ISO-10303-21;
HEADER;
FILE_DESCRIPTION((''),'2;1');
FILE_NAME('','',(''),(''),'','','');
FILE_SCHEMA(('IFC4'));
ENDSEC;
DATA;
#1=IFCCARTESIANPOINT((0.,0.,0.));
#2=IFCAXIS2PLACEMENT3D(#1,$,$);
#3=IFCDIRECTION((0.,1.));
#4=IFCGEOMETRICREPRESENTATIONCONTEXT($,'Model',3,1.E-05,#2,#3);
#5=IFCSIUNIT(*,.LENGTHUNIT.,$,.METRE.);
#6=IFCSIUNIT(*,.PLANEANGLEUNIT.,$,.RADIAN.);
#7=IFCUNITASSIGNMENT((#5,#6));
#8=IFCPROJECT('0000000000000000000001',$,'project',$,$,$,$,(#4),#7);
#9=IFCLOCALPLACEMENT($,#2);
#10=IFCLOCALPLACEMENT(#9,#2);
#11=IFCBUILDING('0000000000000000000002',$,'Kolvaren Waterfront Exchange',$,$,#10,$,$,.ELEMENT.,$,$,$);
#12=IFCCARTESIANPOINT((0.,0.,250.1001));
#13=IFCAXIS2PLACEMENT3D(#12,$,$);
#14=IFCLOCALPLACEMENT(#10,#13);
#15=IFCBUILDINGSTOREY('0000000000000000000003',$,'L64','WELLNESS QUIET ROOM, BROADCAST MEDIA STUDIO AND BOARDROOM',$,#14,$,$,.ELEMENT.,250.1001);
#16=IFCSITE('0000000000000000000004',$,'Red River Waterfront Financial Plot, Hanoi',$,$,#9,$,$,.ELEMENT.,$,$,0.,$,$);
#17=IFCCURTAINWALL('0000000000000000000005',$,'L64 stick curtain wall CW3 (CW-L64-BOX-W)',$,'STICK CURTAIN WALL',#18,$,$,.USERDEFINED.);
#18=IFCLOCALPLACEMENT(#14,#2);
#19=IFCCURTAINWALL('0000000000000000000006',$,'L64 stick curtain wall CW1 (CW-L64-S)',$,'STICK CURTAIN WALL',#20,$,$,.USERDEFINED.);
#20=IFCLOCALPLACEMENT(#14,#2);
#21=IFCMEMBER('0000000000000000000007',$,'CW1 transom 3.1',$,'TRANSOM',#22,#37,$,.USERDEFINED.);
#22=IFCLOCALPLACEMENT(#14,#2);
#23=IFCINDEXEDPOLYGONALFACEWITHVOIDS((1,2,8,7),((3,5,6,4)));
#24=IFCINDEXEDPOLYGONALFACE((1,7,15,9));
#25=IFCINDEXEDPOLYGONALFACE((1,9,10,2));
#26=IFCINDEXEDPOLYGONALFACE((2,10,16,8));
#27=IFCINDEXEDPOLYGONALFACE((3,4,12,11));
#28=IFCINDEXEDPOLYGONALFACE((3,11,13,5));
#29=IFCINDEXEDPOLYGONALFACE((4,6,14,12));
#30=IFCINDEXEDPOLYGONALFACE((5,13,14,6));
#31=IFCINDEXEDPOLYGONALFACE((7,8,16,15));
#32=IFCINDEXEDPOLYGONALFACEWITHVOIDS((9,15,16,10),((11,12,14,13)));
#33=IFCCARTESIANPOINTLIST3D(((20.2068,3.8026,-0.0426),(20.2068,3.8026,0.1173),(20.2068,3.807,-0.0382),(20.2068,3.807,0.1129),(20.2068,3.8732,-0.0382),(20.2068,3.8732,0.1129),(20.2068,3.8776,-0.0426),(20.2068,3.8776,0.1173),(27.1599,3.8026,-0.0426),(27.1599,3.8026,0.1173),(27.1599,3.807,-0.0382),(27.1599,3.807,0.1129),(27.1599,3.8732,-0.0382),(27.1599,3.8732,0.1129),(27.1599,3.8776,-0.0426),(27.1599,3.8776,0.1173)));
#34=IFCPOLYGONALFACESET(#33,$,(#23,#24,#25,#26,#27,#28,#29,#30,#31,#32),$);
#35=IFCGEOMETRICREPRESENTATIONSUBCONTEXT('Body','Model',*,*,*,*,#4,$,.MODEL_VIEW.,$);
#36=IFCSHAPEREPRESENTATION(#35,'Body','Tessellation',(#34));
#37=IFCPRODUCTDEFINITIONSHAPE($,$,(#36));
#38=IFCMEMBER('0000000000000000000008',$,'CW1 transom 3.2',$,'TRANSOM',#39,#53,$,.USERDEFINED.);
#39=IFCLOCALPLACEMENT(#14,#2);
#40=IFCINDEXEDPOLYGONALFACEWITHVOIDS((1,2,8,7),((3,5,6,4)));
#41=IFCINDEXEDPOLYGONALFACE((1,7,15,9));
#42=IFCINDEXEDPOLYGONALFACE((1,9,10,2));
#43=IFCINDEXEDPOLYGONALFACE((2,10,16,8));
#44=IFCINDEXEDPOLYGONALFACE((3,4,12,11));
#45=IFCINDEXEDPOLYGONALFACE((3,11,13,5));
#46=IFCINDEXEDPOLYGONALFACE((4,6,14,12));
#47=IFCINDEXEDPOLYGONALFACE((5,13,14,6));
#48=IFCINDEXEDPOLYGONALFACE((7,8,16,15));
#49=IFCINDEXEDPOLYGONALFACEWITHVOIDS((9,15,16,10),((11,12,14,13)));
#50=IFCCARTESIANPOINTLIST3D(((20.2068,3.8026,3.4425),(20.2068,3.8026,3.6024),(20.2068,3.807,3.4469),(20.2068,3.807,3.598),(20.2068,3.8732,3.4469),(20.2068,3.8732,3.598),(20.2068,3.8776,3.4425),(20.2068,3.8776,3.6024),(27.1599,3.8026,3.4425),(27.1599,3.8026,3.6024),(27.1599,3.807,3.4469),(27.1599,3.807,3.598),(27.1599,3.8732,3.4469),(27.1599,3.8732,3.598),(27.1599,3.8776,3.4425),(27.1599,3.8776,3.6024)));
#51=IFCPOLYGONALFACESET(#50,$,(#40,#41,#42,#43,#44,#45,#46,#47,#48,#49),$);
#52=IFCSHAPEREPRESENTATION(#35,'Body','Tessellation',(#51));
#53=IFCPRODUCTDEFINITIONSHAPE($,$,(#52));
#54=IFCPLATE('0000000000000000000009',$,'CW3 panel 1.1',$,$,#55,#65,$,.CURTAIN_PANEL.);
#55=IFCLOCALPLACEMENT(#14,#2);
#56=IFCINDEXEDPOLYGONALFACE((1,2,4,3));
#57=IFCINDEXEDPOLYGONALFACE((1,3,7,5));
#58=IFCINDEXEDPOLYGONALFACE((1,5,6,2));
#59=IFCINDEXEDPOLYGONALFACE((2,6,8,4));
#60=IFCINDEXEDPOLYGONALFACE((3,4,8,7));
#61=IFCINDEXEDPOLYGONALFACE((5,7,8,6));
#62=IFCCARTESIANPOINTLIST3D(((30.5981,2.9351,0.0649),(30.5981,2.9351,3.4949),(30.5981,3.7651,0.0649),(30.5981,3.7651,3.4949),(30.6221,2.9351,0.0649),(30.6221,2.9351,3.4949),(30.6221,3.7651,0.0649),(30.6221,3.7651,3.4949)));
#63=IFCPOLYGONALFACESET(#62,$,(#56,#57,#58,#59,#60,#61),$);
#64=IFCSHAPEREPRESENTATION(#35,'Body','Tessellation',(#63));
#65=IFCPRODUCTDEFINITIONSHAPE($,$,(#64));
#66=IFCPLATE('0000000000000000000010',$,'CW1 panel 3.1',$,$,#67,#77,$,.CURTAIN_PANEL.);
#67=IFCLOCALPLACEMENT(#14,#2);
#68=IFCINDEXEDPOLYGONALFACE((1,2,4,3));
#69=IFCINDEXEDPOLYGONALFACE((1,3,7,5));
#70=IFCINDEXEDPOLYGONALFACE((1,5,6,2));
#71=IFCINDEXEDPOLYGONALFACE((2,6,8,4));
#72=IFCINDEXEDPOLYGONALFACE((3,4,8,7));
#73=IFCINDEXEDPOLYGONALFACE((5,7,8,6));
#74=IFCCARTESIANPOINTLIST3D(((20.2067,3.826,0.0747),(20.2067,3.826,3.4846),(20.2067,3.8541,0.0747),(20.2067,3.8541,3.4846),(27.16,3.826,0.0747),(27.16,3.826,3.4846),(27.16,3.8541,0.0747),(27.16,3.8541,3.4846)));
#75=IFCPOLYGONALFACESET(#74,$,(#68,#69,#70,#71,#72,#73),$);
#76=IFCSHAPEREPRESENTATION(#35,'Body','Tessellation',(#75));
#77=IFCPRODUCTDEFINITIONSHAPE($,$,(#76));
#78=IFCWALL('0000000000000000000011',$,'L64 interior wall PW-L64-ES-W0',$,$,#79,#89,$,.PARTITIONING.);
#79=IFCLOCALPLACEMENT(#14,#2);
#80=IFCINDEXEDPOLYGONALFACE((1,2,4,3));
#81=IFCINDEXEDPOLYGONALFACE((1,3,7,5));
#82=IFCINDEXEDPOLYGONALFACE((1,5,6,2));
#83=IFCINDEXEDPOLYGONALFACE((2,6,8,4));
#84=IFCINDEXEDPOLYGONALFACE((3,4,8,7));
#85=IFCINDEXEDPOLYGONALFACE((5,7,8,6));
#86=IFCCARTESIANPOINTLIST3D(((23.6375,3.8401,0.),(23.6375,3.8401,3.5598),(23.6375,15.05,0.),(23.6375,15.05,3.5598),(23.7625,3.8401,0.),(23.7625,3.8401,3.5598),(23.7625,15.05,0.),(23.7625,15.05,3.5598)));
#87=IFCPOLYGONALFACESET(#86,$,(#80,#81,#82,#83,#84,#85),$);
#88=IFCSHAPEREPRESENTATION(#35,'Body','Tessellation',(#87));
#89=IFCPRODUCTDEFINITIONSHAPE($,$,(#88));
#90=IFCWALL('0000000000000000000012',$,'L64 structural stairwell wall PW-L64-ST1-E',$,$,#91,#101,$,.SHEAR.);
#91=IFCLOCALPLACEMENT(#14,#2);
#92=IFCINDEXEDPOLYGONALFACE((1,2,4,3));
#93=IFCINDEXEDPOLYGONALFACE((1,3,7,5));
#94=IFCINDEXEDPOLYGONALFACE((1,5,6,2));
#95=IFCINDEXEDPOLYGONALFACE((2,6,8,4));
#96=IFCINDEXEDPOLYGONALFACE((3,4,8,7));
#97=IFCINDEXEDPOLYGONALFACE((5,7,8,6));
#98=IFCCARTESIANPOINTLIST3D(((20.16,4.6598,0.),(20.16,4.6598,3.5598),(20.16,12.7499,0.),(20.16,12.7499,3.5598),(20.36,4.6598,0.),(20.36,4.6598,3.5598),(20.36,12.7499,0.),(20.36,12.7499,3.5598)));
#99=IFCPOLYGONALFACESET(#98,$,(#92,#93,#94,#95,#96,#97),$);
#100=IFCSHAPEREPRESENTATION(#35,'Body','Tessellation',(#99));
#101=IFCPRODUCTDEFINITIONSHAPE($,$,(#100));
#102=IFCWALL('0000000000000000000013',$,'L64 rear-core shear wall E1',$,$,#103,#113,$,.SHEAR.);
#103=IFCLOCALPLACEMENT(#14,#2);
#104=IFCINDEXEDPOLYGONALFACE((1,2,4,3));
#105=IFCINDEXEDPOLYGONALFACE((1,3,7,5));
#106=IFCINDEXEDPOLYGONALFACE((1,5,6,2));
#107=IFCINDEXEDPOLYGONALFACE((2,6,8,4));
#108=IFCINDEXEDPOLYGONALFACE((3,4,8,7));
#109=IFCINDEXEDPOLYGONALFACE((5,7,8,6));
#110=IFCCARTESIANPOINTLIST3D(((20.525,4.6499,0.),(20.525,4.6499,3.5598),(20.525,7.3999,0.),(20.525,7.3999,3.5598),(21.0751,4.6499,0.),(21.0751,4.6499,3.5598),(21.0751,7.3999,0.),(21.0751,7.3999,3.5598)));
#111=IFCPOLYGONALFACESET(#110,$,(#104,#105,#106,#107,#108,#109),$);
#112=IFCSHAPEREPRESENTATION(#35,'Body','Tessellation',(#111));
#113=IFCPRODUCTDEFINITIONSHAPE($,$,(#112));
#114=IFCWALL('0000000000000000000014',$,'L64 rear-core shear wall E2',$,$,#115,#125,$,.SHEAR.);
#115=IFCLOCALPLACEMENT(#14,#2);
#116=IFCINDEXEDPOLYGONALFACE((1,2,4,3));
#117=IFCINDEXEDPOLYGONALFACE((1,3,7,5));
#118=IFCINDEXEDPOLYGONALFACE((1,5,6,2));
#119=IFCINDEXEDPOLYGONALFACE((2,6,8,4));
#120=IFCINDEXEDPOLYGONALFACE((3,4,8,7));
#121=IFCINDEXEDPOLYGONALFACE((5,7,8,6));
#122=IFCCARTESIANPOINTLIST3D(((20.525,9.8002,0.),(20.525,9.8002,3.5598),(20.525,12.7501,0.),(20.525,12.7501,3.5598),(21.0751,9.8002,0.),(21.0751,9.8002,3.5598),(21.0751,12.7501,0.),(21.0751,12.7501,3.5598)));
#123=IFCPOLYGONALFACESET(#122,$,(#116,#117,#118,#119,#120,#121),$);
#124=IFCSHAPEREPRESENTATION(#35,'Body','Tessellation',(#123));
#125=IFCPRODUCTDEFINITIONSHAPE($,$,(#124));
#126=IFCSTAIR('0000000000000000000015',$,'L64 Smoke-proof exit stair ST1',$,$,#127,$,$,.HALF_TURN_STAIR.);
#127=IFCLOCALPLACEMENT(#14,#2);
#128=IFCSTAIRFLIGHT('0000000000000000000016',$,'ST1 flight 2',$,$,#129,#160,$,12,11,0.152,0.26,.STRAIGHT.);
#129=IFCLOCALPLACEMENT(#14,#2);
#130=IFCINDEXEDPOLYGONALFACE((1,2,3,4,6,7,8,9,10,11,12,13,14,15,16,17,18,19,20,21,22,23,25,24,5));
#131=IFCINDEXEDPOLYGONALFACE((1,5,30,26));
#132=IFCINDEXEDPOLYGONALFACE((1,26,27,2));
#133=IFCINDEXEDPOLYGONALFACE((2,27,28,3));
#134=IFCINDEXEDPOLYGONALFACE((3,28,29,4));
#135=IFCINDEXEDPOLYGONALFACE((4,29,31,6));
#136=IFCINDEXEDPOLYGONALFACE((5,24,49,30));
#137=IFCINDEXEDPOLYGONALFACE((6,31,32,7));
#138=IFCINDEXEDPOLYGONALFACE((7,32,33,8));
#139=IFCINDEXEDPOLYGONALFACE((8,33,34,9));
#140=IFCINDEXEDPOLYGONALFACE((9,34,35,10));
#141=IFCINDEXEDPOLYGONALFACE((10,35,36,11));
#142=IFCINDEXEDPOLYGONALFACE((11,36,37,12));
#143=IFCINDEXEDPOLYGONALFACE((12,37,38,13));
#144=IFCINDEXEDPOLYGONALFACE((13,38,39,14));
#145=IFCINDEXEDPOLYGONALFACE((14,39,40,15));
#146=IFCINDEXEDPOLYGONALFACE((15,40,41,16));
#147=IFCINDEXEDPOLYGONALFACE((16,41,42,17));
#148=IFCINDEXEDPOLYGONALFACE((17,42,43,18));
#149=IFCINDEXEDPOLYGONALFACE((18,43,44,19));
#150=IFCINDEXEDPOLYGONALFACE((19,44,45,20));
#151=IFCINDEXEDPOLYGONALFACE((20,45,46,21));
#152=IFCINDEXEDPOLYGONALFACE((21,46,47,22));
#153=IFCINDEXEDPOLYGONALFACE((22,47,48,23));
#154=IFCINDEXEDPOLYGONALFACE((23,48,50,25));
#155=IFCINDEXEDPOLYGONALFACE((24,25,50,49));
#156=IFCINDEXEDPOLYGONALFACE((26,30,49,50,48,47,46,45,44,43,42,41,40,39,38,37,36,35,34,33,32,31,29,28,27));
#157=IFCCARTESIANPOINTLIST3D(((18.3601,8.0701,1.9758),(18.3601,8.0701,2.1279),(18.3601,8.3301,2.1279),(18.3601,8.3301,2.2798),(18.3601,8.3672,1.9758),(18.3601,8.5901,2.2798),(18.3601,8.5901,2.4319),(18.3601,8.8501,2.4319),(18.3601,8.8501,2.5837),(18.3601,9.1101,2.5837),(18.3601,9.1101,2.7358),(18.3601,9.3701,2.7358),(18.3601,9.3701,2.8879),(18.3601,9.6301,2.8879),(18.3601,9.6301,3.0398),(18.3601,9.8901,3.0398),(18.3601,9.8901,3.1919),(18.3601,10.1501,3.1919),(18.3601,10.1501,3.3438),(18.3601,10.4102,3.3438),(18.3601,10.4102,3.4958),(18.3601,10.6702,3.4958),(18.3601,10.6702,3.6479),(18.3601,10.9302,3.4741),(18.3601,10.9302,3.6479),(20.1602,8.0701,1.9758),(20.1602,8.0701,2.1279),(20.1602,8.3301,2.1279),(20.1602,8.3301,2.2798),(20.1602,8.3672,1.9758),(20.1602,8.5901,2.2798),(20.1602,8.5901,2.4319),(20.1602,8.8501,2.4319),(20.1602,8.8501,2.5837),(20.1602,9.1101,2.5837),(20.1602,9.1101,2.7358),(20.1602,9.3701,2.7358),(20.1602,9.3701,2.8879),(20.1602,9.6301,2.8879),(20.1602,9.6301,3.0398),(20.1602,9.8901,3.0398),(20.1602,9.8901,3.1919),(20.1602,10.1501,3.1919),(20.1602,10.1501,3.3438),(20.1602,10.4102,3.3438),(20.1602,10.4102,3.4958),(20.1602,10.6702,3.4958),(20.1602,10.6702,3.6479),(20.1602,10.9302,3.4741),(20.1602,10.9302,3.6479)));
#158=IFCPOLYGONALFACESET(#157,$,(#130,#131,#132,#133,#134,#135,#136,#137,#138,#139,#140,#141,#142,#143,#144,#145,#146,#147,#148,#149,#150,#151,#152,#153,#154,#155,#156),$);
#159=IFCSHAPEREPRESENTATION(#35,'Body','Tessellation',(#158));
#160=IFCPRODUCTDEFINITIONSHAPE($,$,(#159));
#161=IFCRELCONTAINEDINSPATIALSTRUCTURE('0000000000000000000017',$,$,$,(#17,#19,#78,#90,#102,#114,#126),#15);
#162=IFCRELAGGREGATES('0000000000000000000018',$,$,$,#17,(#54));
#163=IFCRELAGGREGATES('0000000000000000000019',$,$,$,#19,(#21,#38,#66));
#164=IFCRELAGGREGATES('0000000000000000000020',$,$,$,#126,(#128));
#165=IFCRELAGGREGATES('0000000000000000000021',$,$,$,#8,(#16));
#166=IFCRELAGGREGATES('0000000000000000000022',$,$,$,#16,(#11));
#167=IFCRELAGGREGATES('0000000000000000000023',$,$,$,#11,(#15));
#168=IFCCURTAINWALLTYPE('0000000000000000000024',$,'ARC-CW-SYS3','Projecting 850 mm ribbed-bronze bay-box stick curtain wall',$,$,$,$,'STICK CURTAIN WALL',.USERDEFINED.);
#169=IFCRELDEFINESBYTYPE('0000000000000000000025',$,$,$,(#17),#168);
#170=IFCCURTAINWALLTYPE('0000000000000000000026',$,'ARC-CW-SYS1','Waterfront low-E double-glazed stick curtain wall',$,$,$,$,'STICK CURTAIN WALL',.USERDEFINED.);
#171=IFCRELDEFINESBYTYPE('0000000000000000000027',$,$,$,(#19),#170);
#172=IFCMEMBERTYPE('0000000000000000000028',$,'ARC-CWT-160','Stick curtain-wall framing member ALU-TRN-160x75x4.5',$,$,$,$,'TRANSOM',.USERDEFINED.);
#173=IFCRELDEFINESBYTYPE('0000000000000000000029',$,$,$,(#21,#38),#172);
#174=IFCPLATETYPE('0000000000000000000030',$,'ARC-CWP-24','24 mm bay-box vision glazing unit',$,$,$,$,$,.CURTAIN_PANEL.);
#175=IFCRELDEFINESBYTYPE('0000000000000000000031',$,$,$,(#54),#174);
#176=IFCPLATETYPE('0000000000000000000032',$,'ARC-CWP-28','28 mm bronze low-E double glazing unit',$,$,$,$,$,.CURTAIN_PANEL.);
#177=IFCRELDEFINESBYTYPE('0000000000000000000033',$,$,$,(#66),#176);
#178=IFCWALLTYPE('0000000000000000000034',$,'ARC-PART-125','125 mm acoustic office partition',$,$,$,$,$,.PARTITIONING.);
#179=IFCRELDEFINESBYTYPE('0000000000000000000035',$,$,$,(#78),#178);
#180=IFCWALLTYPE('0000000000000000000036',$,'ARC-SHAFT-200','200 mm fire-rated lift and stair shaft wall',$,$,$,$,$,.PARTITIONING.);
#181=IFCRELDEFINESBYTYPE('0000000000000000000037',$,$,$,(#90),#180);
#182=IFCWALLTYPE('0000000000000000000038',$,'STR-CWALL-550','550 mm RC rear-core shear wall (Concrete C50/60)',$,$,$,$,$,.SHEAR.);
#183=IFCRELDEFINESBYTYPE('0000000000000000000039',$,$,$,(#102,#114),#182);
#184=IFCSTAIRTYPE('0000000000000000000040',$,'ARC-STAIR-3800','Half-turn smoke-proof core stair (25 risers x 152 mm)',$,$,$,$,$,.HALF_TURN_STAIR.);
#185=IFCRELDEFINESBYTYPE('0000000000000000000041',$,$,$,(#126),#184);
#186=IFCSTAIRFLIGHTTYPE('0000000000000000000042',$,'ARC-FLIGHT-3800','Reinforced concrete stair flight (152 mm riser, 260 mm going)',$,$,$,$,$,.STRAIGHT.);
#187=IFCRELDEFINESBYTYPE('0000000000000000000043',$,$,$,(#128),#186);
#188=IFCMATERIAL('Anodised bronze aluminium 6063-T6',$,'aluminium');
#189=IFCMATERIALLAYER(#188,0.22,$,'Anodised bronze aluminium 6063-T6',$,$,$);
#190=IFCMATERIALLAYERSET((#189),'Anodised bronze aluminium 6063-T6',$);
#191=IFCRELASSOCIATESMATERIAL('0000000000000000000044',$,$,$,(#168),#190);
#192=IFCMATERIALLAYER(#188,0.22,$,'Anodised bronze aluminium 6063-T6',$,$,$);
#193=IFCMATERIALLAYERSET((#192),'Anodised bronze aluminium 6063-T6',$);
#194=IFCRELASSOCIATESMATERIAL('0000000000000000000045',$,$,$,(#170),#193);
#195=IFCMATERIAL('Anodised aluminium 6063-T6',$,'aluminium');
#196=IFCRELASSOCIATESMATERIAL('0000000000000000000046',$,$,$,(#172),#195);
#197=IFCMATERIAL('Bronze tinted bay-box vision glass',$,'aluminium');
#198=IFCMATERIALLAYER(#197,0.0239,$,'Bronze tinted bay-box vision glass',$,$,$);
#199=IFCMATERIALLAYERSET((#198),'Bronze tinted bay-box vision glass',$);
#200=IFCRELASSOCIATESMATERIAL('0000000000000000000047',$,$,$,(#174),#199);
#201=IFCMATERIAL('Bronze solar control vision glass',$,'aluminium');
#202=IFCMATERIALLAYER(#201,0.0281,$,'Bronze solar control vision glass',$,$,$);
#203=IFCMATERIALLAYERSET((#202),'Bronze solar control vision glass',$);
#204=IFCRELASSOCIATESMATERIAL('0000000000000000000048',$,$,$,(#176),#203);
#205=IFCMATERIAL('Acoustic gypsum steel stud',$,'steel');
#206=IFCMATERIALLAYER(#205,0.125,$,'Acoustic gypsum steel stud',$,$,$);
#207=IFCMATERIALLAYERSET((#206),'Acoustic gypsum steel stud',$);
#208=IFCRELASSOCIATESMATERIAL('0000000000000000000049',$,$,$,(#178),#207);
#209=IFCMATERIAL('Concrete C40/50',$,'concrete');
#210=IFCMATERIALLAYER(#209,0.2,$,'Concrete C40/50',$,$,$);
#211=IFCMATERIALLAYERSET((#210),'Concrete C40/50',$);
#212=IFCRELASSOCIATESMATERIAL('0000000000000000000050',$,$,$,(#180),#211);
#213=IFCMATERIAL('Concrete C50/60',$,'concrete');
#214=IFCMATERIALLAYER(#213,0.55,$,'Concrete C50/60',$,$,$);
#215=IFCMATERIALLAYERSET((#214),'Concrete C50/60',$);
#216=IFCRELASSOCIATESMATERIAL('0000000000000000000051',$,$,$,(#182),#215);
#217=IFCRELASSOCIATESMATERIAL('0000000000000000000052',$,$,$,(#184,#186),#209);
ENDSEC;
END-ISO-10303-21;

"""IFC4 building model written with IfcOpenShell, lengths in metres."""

from ifc_helpers import new_model, si_unit, direction, frame, frame_2d, origin, origin_with_axes, origin_2d, place, context, subcontext, project, spatial, polyline, rectangle, hollow_rectangle, outline, extrude, source, transform, mapped, material, layer, layer_set, material_profile, profile_set, type_object, element, aggregate, save


model = new_model("IFC4")

# Units and contexts
model_context = context("Model", 3, precision=1e-05, world=origin(), true_north=direction((0.0, 1.0)))
body_context = subcontext(model_context, "Body", "Model", "MODEL_VIEW")
ifc_project = project(units=[si_unit("LENGTHUNIT", "METRE"), si_unit("PLANEANGLEUNIT", "RADIAN")], contexts=[model_context])

# Site, building, storey
site_placement = place(None, origin())
site = spatial("IfcSite", under=ifc_project, at=site_placement, Name="Red River Waterfront Financial Plot, Hanoi", CompositionType="ELEMENT", RefElevation=0.0)
building_placement = place(site_placement, origin())
building = spatial("IfcBuilding", under=site, at=building_placement, Name="Kolvaren Waterfront Exchange", CompositionType="ELEMENT")
storey_placement = place(building_placement, frame((0.0, 0.0, 250.1001)))
storey = spatial("IfcBuildingStorey", under=building, at=storey_placement, Name="L64", Description="WELLNESS QUIET ROOM, BROADCAST MEDIA STUDIO AND BOARDROOM", CompositionType="ELEMENT", Elevation=250.1001)

# Shared definitions
ifc_material_1 = material(Name="Concrete C50/60", Category="concrete")

# Shared definitions
ifc_material_2 = material(Name="Anodised bronze aluminium 6063-T6", Category="aluminium")
ifc_layer_1 = layer(ifc_material_2, 0.22, Name="Anodised bronze aluminium 6063-T6")
ifc_layer_set_1 = layer_set([ifc_layer_1], Name="Anodised bronze aluminium 6063-T6")
curtain_wall_type_1 = type_object("IfcCurtainWallType", Name="ARC-CW-SYS3", Description="Projecting 850 mm ribbed-bronze bay-box stick curtain wall", ElementType="STICK CURTAIN WALL", PredefinedType="USERDEFINED", material=ifc_layer_set_1)

# Curtain wall
curtain_wall_1_placement = place(storey_placement, origin())
curtain_wall_1 = element("IfcCurtainWall", 1, at=curtain_wall_1_placement, inside=storey, type_object=curtain_wall_type_1, Name="L64 stick curtain wall CW3 (CW-L64-BOX-W)", ObjectType="STICK CURTAIN WALL", PredefinedType="USERDEFINED")

# Curtain wall, members
ifc_layer_2 = layer(ifc_material_2, 0.22, Name="Anodised bronze aluminium 6063-T6")
ifc_layer_set_2 = layer_set([ifc_layer_2], Name="Anodised bronze aluminium 6063-T6")
curtain_wall_type_2 = type_object("IfcCurtainWallType", Name="ARC-CW-SYS1", Description="Waterfront low-E double-glazed stick curtain wall", ElementType="STICK CURTAIN WALL", PredefinedType="USERDEFINED", material=ifc_layer_set_2)
curtain_wall_2_placement = place(storey_placement, origin())
curtain_wall_2 = element("IfcCurtainWall", 2, at=curtain_wall_2_placement, inside=storey, type_object=curtain_wall_type_2, Name="L64 stick curtain wall CW1 (CW-L64-S)", ObjectType="STICK CURTAIN WALL", PredefinedType="USERDEFINED")
ifc_material_3 = material(Name="Anodised aluminium 6063-T6", Category="aluminium")
ifc_material_profile_1 = material_profile(ifc_material_3, hollow_rectangle(XDim=0.075, YDim=0.1599, WallThickness=0.0044, at=origin_2d()), Name="ALU-TRN-160x75x4.5")
ifc_profile_set_1 = profile_set([ifc_material_profile_1], Name="Anodised aluminium 6063-T6")
member_type_1 = type_object("IfcMemberType", Name="ARC-CWT-160", Description="Stick curtain-wall framing member ALU-TRN-160x75x4.5", ElementType="TRANSOM", PredefinedType="USERDEFINED", material=ifc_profile_set_1)
shared_shape_1 = source(origin_with_axes(), body_context, "Body", "SweptSolid", [
    extrude(hollow_rectangle(XDim=0.075, YDim=0.1599, WallThickness=0.0044, at=origin_2d()), origin(), (0.0, 0.0, 1.0), 6.9531),
])
member_1_placement = place(storey_placement, frame((20.2068, 3.8401, 0.0374), z_axis=(1.0, 0.0, 0.0), x_axis=(0.0, 1.0, 0.0)))
member_1 = element("IfcMember", 3, at=member_1_placement, type_object=member_type_1, Name="CW1 transom 3.1", ObjectType="TRANSOM", PredefinedType="USERDEFINED", context=body_context, shape_type="MappedRepresentation", body=[
    mapped(shared_shape_1, transform((0.0, 0.0, 0.0), x_axis=(1.0, 0.0, 0.0), y_axis=(0.0, 1.0, 0.0), z_axis=(0.0, 0.0, 1.0), scale=1.0)),
])
member_2_placement = place(storey_placement, frame((20.2068, 3.8401, 3.5225), z_axis=(1.0, 0.0, 0.0), x_axis=(0.0, 1.0, 0.0)))
member_2 = element("IfcMember", 4, at=member_2_placement, type_object=member_type_1, Name="CW1 transom 3.2", ObjectType="TRANSOM", PredefinedType="USERDEFINED", context=body_context, shape_type="MappedRepresentation", body=[
    mapped(shared_shape_1, transform((0.0, 0.0, 0.0), x_axis=(1.0, 0.0, 0.0), y_axis=(0.0, 1.0, 0.0), z_axis=(0.0, 0.0, 1.0), scale=1.0)),
])

# Plates
ifc_material_4 = material(Name="Bronze tinted bay-box vision glass", Category="aluminium")
ifc_layer_3 = layer(ifc_material_4, 0.0239, Name="Bronze tinted bay-box vision glass")
ifc_layer_set_3 = layer_set([ifc_layer_3], Name="Bronze tinted bay-box vision glass")
plate_type_1 = type_object("IfcPlateType", Name="ARC-CWP-24", Description="24 mm bay-box vision glazing unit", PredefinedType="CURTAIN_PANEL", material=ifc_layer_set_3)
shared_shape_2 = source(origin_with_axes(), body_context, "Body", "SweptSolid", [
    extrude(rectangle(XDim=0.8301, YDim=0.0239, at=origin_2d()), origin(), (0.0, 0.0, 1.0), 3.4299),
])
plate_1_placement = place(storey_placement, frame((30.6101, 3.3501, 0.0649), z_axis=(0.0, 0.0, 1.0), x_axis=(0.0, -1.0, 0.0)))
plate_1 = element("IfcPlate", 5, at=plate_1_placement, type_object=plate_type_1, Name="CW3 panel 1.1", PredefinedType="CURTAIN_PANEL", context=body_context, shape_type="MappedRepresentation", body=[
    mapped(shared_shape_2, transform((0.0, 0.0, 0.0), x_axis=(1.0, 0.0, 0.0), y_axis=(0.0, 1.0, 0.0), z_axis=(0.0, 0.0, 1.0), scale=1.0)),
])
aggregate(curtain_wall_1, [plate_1])
ifc_material_5 = material(Name="Bronze solar control vision glass", Category="aluminium")
ifc_layer_4 = layer(ifc_material_5, 0.0281, Name="Bronze solar control vision glass")
ifc_layer_set_4 = layer_set([ifc_layer_4], Name="Bronze solar control vision glass")
plate_type_2 = type_object("IfcPlateType", Name="ARC-CWP-28", Description="28 mm bronze low-E double glazing unit", PredefinedType="CURTAIN_PANEL", material=ifc_layer_set_4)
shared_shape_3 = source(origin_with_axes(), body_context, "Body", "SweptSolid", [
    extrude(rectangle(XDim=6.9534, YDim=0.0281, at=origin_2d()), origin(), (0.0, 0.0, 1.0), 3.4099),
])
plate_2_placement = place(storey_placement, frame((23.6833, 3.8401, 0.0747), z_axis=(0.0, 0.0, 1.0), x_axis=(1.0, 0.0, 0.0)))
plate_2 = element("IfcPlate", 6, at=plate_2_placement, type_object=plate_type_2, Name="CW1 panel 3.1", PredefinedType="CURTAIN_PANEL", context=body_context, shape_type="MappedRepresentation", body=[
    mapped(shared_shape_3, transform((0.0, 0.0, 0.0), x_axis=(1.0, 0.0, 0.0), y_axis=(0.0, 1.0, 0.0), z_axis=(0.0, 0.0, 1.0), scale=1.0)),
])
aggregate(curtain_wall_2, [member_1, member_2, plate_2])

# Shared definitions
ifc_material_6 = material(Name="Acoustic gypsum steel stud", Category="steel")
ifc_layer_5 = layer(ifc_material_6, 0.125, Name="Acoustic gypsum steel stud")
ifc_layer_set_5 = layer_set([ifc_layer_5], Name="Acoustic gypsum steel stud")
wall_type_1 = type_object("IfcWallType", Name="ARC-PART-125", Description="125 mm acoustic office partition", PredefinedType="PARTITIONING", material=ifc_layer_set_5)

# Walls
wall_1_placement = place(storey_placement, frame((23.7, 3.8401, 0.0), z_axis=(0.0, 0.0, 1.0), x_axis=(0.0, 1.0, 0.0)))
element("IfcWall", 7, at=wall_1_placement, inside=storey, type_object=wall_type_1, Name="L64 interior wall PW-L64-ES-W0", PredefinedType="PARTITIONING", context=body_context, shape_type="SweptSolid", body=[
    extrude(rectangle(XDim=11.21, YDim=0.125, at=frame_2d((5.605, 0.0))), origin(), (0.0, 0.0, 1.0), 3.5598),
])
ifc_material_7 = material(Name="Concrete C40/50", Category="concrete")
ifc_layer_6 = layer(ifc_material_7, 0.2, Name="Concrete C40/50")
ifc_layer_set_6 = layer_set([ifc_layer_6], Name="Concrete C40/50")
wall_type_2 = type_object("IfcWallType", Name="ARC-SHAFT-200", Description="200 mm fire-rated lift and stair shaft wall", PredefinedType="PARTITIONING", material=ifc_layer_set_6)
wall_2_placement = place(storey_placement, frame((20.26, 4.6599, 0.0), z_axis=(0.0, 0.0, 1.0), x_axis=(0.0, 1.0, 0.0)))
element("IfcWall", 8, at=wall_2_placement, inside=storey, type_object=wall_type_2, Name="L64 structural stairwell wall PW-L64-ST1-E", PredefinedType="SHEAR", context=body_context, shape_type="SweptSolid", body=[
    extrude(rectangle(XDim=8.0901, YDim=0.2, at=frame_2d((4.0449, 0.0))), origin(), (0.0, 0.0, 1.0), 3.5598),
])
ifc_layer_7 = layer(ifc_material_1, 0.55, Name="Concrete C50/60")
ifc_layer_set_7 = layer_set([ifc_layer_7], Name="Concrete C50/60")
wall_type_3 = type_object("IfcWallType", Name="STR-CWALL-550", Description="550 mm RC rear-core shear wall (Concrete C50/60)", PredefinedType="SHEAR", material=ifc_layer_set_7)
wall_3_placement = place(storey_placement, frame((20.8, 4.6499, 0.0), z_axis=(0.0, 0.0, 1.0), x_axis=(0.0, 1.0, 0.0)))
element("IfcWall", 9, at=wall_3_placement, inside=storey, type_object=wall_type_3, Name="L64 rear-core shear wall E1", PredefinedType="SHEAR", context=body_context, shape_type="SweptSolid", body=[
    extrude(rectangle(XDim=2.75, YDim=0.55, at=frame_2d((1.375, 0.0))), origin(), (0.0, 0.0, 1.0), 3.5598),
])
wall_4_placement = place(storey_placement, frame((20.8, 9.8, 0.0), z_axis=(0.0, 0.0, 1.0), x_axis=(0.0, 1.0, 0.0)))
element("IfcWall", 10, at=wall_4_placement, inside=storey, type_object=wall_type_3, Name="L64 rear-core shear wall E2", PredefinedType="SHEAR", context=body_context, shape_type="SweptSolid", body=[
    extrude(rectangle(XDim=2.95, YDim=0.55, at=frame_2d((1.4751, 0.0))), origin(), (0.0, 0.0, 1.0), 3.5598),
])

# Stair, stair flight
stair_type = type_object("IfcStairType", Name="ARC-STAIR-3800", Description="Half-turn smoke-proof core stair (25 risers x 152 mm)", PredefinedType="HALF_TURN_STAIR", material=ifc_material_7)
stair_placement = place(storey_placement, origin())
stair = element("IfcStair", 11, at=stair_placement, inside=storey, type_object=stair_type, Name="L64 Smoke-proof exit stair ST1", PredefinedType="HALF_TURN_STAIR")
stair_flight_type = type_object("IfcStairFlightType", Name="ARC-FLIGHT-3800", Description="Reinforced concrete stair flight (152 mm riser, 260 mm going)", PredefinedType="STRAIGHT", material=ifc_material_7)
stair_flight_placement = place(storey_placement, frame((19.26, 8.0701, 1.9758), z_axis=(0.0, 0.0, 1.0), x_axis=(0.0, 1.0, 0.0)))
stair_flight = element("IfcStairFlight", 12, at=stair_flight_placement, type_object=stair_flight_type, Name="ST1 flight 2", NumberOfRisers=12, NumberOfTreads=11, PredefinedType="STRAIGHT", RiserHeight=0.152, TreadLength=0.26, context=body_context, shape_type="SweptSolid", body=[
    extrude(outline(polyline([(0.0, 0.0), (0.0, 0.1521), (0.26, 0.1521), (0.26, 0.304), (0.52, 0.304), (0.52, 0.4561), (0.78, 0.4561), (0.78, 0.6079), (1.04, 0.6079), (1.04, 0.76), (1.3, 0.76), (1.3, 0.9121), (1.5601, 0.9121), (1.5601, 1.064), (1.8201, 1.064), (1.8201, 1.2161), (2.0801, 1.2161), (2.0801, 1.3679), (2.3401, 1.3679), (2.3401, 1.52), (2.6001, 1.52), (2.6001, 1.6721), (2.8601, 1.6721), (2.8601, 1.824), (2.8601, 1.4983), (0.2971, 0.0), (0.0, 0.0)])), frame((0.0, 0.8999, 0.0), z_axis=(0.0, -1.0, 0.0), x_axis=(1.0, 0.0, 0.0)), (0.0, 0.0, 1.0), 1.8),
])
aggregate(stair, [stair_flight])

save(model, "model.ifc")
